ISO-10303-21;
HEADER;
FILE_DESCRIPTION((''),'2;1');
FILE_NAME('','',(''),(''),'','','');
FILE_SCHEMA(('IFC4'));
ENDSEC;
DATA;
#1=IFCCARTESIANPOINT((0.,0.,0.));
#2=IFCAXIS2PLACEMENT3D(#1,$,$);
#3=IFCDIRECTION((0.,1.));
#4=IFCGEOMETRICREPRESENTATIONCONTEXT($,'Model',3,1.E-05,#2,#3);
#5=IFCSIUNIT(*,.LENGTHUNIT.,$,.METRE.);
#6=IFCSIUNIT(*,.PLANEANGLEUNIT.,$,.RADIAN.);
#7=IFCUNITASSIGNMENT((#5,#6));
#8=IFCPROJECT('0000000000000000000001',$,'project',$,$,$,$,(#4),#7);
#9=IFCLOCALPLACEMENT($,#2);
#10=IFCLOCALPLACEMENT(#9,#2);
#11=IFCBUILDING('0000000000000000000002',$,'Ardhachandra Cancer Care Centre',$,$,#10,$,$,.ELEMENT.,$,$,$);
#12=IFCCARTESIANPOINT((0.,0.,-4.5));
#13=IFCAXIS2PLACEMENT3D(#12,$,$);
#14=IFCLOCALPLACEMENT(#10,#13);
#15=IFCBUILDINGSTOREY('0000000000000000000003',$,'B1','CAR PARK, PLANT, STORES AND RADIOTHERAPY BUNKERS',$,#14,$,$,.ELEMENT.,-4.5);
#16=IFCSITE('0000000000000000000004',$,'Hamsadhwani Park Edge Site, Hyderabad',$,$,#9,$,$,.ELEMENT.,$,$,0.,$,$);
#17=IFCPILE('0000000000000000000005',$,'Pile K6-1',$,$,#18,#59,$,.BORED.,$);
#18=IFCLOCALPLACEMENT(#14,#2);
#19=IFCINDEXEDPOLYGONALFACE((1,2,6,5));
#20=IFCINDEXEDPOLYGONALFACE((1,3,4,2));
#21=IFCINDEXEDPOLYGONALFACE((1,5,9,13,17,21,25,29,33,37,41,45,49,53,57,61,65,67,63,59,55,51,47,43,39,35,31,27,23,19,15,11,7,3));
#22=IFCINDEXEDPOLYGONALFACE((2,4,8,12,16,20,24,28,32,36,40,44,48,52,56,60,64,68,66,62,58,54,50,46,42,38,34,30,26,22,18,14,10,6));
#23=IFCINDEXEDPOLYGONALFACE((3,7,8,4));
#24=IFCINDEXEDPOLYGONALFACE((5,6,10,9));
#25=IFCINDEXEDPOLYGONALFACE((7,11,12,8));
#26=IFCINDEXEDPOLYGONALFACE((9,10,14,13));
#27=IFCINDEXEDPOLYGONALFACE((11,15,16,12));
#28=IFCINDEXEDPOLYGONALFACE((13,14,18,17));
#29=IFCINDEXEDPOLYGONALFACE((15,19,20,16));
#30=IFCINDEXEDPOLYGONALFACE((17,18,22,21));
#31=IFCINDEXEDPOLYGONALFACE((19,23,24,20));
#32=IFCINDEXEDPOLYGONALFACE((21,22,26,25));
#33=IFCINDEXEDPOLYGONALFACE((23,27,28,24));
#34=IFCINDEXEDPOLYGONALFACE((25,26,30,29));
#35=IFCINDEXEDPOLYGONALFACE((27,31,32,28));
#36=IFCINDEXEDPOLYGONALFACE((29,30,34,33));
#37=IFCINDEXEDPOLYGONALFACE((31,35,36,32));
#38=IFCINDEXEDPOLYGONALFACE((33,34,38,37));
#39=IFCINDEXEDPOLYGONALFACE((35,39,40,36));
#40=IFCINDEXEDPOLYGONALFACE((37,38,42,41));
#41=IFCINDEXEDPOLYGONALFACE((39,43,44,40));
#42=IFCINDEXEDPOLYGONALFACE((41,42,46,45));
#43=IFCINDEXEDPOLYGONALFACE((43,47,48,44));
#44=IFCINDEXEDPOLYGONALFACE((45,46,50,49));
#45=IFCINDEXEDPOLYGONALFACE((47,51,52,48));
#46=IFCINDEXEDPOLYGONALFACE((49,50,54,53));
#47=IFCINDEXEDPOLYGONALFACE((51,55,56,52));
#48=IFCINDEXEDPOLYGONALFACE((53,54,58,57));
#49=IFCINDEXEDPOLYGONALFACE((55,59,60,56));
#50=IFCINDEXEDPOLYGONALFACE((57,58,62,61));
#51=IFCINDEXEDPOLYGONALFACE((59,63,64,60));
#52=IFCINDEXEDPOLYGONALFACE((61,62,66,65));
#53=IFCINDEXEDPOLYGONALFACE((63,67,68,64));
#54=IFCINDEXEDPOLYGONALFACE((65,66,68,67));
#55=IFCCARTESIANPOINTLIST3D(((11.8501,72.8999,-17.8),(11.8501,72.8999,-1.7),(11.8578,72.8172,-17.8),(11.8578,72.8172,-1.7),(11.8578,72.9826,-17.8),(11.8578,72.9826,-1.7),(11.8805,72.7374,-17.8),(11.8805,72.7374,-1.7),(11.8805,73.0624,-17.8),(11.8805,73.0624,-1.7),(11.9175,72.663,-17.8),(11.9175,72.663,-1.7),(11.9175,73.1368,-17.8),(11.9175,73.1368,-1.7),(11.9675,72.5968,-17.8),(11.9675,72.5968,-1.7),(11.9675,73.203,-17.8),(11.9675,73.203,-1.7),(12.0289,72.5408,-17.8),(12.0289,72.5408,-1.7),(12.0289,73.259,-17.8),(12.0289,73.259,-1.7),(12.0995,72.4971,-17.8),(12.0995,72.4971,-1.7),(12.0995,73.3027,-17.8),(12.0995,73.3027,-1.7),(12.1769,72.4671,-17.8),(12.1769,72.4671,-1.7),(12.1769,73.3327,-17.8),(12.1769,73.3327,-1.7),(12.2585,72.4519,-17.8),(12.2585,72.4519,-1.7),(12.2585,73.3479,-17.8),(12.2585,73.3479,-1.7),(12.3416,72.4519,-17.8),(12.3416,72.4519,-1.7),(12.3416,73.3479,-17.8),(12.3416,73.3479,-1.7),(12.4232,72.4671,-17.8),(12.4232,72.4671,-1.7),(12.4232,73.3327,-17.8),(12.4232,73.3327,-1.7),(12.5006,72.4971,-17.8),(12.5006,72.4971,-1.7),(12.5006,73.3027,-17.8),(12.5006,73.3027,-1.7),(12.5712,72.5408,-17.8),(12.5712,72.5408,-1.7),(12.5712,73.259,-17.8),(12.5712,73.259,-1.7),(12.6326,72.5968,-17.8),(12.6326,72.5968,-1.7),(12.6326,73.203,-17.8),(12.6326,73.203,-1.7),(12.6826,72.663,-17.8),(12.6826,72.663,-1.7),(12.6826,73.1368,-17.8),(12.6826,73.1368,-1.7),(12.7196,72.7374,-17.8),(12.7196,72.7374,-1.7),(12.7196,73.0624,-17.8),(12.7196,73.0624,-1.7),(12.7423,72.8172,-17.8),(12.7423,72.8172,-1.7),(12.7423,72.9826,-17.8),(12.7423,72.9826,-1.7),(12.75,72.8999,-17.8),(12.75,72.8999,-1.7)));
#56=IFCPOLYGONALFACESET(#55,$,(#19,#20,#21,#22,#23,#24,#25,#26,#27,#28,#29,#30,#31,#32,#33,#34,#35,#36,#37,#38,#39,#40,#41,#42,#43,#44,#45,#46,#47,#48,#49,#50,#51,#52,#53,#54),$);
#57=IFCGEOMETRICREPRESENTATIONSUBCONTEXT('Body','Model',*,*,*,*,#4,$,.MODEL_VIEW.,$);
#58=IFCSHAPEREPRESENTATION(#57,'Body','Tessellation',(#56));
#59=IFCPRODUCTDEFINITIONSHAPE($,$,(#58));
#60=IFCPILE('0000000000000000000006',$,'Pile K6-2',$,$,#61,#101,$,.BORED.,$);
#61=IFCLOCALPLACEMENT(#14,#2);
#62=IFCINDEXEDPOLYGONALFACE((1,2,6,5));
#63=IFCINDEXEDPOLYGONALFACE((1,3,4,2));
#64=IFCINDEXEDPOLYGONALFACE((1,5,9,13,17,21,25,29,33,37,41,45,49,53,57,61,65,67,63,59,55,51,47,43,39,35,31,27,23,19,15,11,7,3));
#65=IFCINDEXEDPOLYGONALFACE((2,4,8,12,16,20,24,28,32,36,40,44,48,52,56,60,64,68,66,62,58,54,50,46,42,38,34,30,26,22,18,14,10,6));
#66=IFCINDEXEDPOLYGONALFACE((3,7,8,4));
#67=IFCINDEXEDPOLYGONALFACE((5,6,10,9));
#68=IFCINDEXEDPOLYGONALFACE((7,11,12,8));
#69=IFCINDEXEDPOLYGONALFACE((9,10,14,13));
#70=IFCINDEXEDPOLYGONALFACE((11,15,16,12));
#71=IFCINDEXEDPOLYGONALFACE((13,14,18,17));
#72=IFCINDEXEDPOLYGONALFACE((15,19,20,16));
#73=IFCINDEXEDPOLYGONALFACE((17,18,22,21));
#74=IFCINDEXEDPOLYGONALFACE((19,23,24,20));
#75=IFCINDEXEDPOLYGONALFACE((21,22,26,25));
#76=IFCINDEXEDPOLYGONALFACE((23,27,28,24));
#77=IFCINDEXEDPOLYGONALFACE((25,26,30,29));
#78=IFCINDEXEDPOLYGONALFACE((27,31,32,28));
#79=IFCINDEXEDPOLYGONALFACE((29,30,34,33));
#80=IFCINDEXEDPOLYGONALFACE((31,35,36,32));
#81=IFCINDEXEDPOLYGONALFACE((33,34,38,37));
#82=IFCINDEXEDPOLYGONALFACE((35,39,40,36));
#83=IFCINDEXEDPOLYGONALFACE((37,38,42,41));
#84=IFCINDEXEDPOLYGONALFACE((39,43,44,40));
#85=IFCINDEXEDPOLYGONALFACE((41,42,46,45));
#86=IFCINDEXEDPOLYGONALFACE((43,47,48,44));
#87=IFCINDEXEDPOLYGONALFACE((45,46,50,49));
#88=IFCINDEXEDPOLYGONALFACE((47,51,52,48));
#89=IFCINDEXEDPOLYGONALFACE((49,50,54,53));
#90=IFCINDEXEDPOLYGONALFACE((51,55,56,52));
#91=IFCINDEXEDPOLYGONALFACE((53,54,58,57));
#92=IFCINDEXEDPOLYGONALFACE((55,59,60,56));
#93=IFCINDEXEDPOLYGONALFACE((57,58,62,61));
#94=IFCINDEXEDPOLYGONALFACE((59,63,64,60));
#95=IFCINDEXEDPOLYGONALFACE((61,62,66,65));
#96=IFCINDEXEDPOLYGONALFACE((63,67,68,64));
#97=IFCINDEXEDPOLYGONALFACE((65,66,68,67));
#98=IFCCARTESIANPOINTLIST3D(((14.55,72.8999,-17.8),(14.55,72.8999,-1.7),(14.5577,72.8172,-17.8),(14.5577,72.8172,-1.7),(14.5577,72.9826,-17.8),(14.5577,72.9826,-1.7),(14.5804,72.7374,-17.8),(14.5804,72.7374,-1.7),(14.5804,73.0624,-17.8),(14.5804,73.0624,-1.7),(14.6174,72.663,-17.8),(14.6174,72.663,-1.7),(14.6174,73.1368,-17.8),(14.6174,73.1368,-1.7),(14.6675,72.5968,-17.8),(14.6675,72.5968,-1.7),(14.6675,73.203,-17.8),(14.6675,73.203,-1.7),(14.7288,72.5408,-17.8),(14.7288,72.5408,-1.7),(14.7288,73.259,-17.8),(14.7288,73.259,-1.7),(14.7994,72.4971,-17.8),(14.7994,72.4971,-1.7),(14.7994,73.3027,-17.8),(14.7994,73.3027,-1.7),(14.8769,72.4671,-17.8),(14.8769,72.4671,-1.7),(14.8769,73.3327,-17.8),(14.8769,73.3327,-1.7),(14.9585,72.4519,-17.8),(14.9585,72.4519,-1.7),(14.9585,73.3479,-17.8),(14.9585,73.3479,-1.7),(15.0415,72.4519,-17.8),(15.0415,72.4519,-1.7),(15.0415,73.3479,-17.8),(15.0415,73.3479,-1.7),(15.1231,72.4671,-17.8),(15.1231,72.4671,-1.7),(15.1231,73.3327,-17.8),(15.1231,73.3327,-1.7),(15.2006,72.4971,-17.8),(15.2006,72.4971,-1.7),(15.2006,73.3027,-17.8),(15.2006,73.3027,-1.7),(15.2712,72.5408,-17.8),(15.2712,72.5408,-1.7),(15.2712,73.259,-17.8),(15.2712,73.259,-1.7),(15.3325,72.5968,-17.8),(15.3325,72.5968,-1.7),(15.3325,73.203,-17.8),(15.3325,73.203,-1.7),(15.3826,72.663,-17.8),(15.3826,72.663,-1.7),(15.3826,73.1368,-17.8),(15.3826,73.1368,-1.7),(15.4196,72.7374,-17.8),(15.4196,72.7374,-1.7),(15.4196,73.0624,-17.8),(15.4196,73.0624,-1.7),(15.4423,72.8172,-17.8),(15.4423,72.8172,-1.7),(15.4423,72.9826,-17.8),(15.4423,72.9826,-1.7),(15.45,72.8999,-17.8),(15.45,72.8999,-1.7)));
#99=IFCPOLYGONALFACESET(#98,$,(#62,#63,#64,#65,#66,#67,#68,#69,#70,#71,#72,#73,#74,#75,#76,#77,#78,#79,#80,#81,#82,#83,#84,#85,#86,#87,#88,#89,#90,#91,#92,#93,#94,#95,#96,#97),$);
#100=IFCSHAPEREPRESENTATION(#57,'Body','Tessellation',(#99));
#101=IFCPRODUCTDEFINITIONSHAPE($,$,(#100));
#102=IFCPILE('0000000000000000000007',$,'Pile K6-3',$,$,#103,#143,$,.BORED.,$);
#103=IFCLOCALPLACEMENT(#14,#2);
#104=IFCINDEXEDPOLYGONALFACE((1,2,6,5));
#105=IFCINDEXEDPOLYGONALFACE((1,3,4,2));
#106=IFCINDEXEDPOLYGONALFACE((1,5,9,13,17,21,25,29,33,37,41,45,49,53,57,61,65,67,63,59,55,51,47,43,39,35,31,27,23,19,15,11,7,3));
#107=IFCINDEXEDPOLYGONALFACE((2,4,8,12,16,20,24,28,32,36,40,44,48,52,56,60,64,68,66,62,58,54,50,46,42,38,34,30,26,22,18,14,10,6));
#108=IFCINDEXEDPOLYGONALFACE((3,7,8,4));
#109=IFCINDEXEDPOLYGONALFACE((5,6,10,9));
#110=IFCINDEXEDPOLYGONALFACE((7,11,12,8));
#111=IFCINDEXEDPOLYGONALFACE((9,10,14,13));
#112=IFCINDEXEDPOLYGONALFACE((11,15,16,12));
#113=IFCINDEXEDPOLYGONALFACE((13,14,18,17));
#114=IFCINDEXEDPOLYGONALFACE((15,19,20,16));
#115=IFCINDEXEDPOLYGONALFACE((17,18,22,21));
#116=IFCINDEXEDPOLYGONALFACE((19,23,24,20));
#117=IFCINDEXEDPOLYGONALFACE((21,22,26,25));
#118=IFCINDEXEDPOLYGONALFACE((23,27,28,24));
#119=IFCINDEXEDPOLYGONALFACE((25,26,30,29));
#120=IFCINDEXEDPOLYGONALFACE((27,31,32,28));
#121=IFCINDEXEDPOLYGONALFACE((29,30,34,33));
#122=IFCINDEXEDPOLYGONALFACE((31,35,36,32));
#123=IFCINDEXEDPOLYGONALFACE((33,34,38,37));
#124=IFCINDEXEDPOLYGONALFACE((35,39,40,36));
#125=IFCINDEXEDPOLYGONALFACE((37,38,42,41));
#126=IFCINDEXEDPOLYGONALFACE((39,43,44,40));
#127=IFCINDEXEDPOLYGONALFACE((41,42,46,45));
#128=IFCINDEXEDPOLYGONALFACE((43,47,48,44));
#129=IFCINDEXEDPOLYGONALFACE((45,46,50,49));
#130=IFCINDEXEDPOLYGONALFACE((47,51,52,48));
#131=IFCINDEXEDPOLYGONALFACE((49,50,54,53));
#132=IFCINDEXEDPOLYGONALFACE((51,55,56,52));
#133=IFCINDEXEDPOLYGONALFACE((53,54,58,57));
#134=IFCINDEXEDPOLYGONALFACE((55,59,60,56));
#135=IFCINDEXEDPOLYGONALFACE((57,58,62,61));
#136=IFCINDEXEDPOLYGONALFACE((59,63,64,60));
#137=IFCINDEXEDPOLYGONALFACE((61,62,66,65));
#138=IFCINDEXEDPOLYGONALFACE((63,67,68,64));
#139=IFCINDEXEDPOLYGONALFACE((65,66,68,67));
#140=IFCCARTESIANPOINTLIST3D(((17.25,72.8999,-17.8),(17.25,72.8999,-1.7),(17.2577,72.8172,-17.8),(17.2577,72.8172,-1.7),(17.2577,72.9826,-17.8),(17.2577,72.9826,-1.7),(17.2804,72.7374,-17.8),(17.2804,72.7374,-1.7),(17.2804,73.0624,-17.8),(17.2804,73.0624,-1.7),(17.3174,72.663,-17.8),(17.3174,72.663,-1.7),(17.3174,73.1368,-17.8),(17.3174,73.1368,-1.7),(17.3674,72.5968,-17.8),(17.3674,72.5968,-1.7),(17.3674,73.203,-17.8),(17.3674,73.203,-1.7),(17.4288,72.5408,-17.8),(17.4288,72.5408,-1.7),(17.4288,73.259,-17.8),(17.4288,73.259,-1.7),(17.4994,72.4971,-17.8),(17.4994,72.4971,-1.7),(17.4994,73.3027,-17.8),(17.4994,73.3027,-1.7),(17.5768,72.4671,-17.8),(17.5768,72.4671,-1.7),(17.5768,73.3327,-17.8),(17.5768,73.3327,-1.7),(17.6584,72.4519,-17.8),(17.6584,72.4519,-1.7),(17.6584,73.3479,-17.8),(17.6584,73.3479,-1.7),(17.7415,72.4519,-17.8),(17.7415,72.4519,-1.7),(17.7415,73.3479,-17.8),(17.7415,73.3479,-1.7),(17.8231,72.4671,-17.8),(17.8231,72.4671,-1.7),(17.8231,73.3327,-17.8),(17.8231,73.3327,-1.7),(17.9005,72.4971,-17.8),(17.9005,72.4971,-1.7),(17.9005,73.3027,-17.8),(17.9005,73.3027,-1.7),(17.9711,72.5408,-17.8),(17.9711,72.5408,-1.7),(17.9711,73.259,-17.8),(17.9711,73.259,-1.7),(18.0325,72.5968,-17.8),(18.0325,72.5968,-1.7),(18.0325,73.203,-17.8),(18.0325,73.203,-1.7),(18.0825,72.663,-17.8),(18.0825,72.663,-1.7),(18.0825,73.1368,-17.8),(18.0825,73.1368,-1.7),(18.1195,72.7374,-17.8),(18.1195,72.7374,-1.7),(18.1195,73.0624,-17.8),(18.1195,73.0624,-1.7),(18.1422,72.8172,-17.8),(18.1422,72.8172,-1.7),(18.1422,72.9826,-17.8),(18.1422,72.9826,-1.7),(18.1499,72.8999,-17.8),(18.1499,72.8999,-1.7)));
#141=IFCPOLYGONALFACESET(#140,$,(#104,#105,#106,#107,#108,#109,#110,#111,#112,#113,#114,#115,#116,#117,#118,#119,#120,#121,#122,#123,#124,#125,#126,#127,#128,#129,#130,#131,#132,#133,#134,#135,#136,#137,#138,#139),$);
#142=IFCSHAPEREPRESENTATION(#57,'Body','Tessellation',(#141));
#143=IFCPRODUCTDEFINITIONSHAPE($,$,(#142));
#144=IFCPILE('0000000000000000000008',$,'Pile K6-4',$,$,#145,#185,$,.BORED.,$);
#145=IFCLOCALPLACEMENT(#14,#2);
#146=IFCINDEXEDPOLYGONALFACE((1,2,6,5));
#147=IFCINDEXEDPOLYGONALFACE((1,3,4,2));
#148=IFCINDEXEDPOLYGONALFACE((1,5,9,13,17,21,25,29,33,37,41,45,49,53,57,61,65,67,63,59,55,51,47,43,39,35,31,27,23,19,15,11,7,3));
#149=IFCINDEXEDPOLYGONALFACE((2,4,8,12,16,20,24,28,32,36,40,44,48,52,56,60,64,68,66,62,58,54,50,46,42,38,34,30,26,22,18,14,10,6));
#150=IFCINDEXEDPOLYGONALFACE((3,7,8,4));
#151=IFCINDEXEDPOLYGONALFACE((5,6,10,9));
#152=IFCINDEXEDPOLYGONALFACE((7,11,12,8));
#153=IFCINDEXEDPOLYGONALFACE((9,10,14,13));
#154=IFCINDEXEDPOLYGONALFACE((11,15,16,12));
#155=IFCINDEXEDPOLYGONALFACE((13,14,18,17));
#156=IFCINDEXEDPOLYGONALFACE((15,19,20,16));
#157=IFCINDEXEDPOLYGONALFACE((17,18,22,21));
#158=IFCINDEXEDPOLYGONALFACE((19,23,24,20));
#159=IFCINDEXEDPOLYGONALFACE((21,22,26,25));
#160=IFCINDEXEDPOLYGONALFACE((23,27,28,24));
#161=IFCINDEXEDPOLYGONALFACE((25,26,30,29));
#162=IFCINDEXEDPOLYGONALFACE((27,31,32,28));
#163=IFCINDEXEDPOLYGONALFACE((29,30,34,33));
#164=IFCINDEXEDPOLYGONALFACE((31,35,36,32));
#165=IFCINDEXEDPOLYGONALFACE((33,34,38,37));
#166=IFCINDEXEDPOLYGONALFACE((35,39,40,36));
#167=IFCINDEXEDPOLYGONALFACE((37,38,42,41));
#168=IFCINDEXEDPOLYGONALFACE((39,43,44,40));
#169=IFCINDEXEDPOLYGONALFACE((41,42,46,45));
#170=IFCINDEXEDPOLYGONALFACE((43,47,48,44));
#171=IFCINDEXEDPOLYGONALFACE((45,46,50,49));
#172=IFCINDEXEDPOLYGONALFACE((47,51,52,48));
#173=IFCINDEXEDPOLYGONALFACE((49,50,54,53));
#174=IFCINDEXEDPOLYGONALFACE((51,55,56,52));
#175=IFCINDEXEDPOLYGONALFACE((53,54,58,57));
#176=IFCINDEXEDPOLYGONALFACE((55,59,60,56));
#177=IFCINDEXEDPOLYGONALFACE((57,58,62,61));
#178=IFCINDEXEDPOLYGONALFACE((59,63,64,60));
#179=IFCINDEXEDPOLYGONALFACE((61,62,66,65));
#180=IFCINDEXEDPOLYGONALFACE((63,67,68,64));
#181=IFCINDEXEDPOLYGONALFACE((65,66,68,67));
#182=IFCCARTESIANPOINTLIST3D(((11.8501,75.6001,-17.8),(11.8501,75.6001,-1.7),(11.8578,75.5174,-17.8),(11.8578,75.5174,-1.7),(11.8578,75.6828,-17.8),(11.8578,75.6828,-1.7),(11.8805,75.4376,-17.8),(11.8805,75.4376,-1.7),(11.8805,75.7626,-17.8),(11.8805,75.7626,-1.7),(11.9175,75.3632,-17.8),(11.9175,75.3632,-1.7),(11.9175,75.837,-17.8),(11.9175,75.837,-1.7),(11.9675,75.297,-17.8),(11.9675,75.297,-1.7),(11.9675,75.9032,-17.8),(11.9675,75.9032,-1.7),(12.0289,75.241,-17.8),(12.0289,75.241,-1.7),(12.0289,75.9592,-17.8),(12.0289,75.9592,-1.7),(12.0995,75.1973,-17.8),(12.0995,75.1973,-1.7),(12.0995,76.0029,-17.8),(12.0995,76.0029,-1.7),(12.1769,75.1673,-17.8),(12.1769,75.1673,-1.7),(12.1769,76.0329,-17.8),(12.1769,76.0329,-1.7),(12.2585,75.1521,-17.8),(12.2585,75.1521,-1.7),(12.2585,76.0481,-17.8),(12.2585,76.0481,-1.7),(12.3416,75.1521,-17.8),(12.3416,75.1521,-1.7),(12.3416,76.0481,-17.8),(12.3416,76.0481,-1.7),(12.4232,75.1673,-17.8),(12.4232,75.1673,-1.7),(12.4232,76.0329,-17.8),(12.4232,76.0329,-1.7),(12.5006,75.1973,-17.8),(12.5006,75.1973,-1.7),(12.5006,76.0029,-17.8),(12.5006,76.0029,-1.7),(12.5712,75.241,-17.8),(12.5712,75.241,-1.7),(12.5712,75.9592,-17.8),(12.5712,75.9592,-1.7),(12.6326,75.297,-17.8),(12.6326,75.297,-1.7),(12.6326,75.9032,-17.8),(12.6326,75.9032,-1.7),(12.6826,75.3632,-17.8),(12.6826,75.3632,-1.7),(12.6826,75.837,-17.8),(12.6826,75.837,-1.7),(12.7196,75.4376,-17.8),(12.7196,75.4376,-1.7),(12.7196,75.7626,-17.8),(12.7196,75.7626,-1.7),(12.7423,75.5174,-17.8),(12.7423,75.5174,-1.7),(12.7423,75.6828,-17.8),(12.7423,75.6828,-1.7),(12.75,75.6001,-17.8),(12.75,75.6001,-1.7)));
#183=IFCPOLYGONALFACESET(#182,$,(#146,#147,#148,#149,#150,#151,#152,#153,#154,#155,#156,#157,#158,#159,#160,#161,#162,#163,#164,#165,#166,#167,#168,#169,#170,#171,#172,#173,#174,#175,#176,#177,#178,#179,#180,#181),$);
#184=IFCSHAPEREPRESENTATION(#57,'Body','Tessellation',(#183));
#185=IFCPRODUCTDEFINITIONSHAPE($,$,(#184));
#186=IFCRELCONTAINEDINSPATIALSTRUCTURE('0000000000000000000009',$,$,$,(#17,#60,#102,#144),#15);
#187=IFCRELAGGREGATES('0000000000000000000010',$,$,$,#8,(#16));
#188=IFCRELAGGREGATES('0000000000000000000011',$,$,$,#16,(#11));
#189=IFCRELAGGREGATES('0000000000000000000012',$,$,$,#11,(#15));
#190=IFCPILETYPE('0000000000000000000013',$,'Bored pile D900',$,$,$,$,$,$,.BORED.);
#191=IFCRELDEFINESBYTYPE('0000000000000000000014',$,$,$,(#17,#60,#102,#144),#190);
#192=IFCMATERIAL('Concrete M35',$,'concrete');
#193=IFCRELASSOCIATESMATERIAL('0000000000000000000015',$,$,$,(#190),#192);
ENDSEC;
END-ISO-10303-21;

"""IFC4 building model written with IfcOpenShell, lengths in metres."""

from ifc_helpers import new_model, si_unit, direction, frame, origin, origin_2d, place, context, subcontext, project, spatial, circle, extrude, material, material_profile, profile_set, type_object, element, save


model = new_model("IFC4")

# Units and contexts
model_context = context("Model", 3, precision=1e-05, world=origin(), true_north=direction((0.0, 1.0)))
body_context = subcontext(model_context, "Body", "Model", "MODEL_VIEW")
ifc_project = project(units=[si_unit("LENGTHUNIT", "METRE"), si_unit("PLANEANGLEUNIT", "RADIAN")], contexts=[model_context])

# Site, building, storey
site_placement = place(None, origin())
site = spatial("IfcSite", under=ifc_project, at=site_placement, Name="Hamsadhwani Park Edge Site, Hyderabad", CompositionType="ELEMENT", RefElevation=0.0)
building_placement = place(site_placement, origin())
building = spatial("IfcBuilding", under=site, at=building_placement, Name="Ardhachandra Cancer Care Centre", CompositionType="ELEMENT")
storey_placement = place(building_placement, frame((0.0, 0.0, -4.5)))
storey = spatial("IfcBuildingStorey", under=building, at=storey_placement, Name="B1", Description="CAR PARK, PLANT, STORES AND RADIOTHERAPY BUNKERS", CompositionType="ELEMENT", Elevation=-4.5)

# Piles
ifc_material_1 = material(Name="Concrete M35", Category="concrete")
ifc_material_profile = material_profile(ifc_material_1, circle(Radius=0.45, at=origin_2d()), Name="D900")
ifc_profile_set = profile_set([ifc_material_profile], Name="Concrete M35")
pile_type = type_object("IfcPileType", Name="Bored pile D900", PredefinedType="BORED", material=ifc_profile_set)
for number, where, z_axis, x_axis, name in (
    (1, (12.3, 72.8999, -1.7), (0.0, 0.0, -1.0), (1.0, 0.0, 0.0), "Pile K6-1"),
    (2, (15.0, 72.8999, -1.7), (0.0, 0.0, -1.0), (1.0, 0.0, 0.0), "Pile K6-2"),
    (3, (17.7, 72.8999, -1.7), (0.0, 0.0, -1.0), (1.0, 0.0, 0.0), "Pile K6-3"),
    (4, (12.3, 75.6001, -1.7), (0.0, 0.0, -1.0), (1.0, 0.0, 0.0), "Pile K6-4"),
):
    element("IfcPile", number, at=place(storey_placement, frame(where, z_axis=z_axis, x_axis=x_axis)), inside=storey, type_object=pile_type, Name=name, PredefinedType="BORED", context=body_context, shape_type="SweptSolid", body=[
        extrude(circle(Radius=0.45, at=origin_2d()), origin(), (0.0, 0.0, 1.0), 16.1001),
    ])

save(model, "model.ifc")
